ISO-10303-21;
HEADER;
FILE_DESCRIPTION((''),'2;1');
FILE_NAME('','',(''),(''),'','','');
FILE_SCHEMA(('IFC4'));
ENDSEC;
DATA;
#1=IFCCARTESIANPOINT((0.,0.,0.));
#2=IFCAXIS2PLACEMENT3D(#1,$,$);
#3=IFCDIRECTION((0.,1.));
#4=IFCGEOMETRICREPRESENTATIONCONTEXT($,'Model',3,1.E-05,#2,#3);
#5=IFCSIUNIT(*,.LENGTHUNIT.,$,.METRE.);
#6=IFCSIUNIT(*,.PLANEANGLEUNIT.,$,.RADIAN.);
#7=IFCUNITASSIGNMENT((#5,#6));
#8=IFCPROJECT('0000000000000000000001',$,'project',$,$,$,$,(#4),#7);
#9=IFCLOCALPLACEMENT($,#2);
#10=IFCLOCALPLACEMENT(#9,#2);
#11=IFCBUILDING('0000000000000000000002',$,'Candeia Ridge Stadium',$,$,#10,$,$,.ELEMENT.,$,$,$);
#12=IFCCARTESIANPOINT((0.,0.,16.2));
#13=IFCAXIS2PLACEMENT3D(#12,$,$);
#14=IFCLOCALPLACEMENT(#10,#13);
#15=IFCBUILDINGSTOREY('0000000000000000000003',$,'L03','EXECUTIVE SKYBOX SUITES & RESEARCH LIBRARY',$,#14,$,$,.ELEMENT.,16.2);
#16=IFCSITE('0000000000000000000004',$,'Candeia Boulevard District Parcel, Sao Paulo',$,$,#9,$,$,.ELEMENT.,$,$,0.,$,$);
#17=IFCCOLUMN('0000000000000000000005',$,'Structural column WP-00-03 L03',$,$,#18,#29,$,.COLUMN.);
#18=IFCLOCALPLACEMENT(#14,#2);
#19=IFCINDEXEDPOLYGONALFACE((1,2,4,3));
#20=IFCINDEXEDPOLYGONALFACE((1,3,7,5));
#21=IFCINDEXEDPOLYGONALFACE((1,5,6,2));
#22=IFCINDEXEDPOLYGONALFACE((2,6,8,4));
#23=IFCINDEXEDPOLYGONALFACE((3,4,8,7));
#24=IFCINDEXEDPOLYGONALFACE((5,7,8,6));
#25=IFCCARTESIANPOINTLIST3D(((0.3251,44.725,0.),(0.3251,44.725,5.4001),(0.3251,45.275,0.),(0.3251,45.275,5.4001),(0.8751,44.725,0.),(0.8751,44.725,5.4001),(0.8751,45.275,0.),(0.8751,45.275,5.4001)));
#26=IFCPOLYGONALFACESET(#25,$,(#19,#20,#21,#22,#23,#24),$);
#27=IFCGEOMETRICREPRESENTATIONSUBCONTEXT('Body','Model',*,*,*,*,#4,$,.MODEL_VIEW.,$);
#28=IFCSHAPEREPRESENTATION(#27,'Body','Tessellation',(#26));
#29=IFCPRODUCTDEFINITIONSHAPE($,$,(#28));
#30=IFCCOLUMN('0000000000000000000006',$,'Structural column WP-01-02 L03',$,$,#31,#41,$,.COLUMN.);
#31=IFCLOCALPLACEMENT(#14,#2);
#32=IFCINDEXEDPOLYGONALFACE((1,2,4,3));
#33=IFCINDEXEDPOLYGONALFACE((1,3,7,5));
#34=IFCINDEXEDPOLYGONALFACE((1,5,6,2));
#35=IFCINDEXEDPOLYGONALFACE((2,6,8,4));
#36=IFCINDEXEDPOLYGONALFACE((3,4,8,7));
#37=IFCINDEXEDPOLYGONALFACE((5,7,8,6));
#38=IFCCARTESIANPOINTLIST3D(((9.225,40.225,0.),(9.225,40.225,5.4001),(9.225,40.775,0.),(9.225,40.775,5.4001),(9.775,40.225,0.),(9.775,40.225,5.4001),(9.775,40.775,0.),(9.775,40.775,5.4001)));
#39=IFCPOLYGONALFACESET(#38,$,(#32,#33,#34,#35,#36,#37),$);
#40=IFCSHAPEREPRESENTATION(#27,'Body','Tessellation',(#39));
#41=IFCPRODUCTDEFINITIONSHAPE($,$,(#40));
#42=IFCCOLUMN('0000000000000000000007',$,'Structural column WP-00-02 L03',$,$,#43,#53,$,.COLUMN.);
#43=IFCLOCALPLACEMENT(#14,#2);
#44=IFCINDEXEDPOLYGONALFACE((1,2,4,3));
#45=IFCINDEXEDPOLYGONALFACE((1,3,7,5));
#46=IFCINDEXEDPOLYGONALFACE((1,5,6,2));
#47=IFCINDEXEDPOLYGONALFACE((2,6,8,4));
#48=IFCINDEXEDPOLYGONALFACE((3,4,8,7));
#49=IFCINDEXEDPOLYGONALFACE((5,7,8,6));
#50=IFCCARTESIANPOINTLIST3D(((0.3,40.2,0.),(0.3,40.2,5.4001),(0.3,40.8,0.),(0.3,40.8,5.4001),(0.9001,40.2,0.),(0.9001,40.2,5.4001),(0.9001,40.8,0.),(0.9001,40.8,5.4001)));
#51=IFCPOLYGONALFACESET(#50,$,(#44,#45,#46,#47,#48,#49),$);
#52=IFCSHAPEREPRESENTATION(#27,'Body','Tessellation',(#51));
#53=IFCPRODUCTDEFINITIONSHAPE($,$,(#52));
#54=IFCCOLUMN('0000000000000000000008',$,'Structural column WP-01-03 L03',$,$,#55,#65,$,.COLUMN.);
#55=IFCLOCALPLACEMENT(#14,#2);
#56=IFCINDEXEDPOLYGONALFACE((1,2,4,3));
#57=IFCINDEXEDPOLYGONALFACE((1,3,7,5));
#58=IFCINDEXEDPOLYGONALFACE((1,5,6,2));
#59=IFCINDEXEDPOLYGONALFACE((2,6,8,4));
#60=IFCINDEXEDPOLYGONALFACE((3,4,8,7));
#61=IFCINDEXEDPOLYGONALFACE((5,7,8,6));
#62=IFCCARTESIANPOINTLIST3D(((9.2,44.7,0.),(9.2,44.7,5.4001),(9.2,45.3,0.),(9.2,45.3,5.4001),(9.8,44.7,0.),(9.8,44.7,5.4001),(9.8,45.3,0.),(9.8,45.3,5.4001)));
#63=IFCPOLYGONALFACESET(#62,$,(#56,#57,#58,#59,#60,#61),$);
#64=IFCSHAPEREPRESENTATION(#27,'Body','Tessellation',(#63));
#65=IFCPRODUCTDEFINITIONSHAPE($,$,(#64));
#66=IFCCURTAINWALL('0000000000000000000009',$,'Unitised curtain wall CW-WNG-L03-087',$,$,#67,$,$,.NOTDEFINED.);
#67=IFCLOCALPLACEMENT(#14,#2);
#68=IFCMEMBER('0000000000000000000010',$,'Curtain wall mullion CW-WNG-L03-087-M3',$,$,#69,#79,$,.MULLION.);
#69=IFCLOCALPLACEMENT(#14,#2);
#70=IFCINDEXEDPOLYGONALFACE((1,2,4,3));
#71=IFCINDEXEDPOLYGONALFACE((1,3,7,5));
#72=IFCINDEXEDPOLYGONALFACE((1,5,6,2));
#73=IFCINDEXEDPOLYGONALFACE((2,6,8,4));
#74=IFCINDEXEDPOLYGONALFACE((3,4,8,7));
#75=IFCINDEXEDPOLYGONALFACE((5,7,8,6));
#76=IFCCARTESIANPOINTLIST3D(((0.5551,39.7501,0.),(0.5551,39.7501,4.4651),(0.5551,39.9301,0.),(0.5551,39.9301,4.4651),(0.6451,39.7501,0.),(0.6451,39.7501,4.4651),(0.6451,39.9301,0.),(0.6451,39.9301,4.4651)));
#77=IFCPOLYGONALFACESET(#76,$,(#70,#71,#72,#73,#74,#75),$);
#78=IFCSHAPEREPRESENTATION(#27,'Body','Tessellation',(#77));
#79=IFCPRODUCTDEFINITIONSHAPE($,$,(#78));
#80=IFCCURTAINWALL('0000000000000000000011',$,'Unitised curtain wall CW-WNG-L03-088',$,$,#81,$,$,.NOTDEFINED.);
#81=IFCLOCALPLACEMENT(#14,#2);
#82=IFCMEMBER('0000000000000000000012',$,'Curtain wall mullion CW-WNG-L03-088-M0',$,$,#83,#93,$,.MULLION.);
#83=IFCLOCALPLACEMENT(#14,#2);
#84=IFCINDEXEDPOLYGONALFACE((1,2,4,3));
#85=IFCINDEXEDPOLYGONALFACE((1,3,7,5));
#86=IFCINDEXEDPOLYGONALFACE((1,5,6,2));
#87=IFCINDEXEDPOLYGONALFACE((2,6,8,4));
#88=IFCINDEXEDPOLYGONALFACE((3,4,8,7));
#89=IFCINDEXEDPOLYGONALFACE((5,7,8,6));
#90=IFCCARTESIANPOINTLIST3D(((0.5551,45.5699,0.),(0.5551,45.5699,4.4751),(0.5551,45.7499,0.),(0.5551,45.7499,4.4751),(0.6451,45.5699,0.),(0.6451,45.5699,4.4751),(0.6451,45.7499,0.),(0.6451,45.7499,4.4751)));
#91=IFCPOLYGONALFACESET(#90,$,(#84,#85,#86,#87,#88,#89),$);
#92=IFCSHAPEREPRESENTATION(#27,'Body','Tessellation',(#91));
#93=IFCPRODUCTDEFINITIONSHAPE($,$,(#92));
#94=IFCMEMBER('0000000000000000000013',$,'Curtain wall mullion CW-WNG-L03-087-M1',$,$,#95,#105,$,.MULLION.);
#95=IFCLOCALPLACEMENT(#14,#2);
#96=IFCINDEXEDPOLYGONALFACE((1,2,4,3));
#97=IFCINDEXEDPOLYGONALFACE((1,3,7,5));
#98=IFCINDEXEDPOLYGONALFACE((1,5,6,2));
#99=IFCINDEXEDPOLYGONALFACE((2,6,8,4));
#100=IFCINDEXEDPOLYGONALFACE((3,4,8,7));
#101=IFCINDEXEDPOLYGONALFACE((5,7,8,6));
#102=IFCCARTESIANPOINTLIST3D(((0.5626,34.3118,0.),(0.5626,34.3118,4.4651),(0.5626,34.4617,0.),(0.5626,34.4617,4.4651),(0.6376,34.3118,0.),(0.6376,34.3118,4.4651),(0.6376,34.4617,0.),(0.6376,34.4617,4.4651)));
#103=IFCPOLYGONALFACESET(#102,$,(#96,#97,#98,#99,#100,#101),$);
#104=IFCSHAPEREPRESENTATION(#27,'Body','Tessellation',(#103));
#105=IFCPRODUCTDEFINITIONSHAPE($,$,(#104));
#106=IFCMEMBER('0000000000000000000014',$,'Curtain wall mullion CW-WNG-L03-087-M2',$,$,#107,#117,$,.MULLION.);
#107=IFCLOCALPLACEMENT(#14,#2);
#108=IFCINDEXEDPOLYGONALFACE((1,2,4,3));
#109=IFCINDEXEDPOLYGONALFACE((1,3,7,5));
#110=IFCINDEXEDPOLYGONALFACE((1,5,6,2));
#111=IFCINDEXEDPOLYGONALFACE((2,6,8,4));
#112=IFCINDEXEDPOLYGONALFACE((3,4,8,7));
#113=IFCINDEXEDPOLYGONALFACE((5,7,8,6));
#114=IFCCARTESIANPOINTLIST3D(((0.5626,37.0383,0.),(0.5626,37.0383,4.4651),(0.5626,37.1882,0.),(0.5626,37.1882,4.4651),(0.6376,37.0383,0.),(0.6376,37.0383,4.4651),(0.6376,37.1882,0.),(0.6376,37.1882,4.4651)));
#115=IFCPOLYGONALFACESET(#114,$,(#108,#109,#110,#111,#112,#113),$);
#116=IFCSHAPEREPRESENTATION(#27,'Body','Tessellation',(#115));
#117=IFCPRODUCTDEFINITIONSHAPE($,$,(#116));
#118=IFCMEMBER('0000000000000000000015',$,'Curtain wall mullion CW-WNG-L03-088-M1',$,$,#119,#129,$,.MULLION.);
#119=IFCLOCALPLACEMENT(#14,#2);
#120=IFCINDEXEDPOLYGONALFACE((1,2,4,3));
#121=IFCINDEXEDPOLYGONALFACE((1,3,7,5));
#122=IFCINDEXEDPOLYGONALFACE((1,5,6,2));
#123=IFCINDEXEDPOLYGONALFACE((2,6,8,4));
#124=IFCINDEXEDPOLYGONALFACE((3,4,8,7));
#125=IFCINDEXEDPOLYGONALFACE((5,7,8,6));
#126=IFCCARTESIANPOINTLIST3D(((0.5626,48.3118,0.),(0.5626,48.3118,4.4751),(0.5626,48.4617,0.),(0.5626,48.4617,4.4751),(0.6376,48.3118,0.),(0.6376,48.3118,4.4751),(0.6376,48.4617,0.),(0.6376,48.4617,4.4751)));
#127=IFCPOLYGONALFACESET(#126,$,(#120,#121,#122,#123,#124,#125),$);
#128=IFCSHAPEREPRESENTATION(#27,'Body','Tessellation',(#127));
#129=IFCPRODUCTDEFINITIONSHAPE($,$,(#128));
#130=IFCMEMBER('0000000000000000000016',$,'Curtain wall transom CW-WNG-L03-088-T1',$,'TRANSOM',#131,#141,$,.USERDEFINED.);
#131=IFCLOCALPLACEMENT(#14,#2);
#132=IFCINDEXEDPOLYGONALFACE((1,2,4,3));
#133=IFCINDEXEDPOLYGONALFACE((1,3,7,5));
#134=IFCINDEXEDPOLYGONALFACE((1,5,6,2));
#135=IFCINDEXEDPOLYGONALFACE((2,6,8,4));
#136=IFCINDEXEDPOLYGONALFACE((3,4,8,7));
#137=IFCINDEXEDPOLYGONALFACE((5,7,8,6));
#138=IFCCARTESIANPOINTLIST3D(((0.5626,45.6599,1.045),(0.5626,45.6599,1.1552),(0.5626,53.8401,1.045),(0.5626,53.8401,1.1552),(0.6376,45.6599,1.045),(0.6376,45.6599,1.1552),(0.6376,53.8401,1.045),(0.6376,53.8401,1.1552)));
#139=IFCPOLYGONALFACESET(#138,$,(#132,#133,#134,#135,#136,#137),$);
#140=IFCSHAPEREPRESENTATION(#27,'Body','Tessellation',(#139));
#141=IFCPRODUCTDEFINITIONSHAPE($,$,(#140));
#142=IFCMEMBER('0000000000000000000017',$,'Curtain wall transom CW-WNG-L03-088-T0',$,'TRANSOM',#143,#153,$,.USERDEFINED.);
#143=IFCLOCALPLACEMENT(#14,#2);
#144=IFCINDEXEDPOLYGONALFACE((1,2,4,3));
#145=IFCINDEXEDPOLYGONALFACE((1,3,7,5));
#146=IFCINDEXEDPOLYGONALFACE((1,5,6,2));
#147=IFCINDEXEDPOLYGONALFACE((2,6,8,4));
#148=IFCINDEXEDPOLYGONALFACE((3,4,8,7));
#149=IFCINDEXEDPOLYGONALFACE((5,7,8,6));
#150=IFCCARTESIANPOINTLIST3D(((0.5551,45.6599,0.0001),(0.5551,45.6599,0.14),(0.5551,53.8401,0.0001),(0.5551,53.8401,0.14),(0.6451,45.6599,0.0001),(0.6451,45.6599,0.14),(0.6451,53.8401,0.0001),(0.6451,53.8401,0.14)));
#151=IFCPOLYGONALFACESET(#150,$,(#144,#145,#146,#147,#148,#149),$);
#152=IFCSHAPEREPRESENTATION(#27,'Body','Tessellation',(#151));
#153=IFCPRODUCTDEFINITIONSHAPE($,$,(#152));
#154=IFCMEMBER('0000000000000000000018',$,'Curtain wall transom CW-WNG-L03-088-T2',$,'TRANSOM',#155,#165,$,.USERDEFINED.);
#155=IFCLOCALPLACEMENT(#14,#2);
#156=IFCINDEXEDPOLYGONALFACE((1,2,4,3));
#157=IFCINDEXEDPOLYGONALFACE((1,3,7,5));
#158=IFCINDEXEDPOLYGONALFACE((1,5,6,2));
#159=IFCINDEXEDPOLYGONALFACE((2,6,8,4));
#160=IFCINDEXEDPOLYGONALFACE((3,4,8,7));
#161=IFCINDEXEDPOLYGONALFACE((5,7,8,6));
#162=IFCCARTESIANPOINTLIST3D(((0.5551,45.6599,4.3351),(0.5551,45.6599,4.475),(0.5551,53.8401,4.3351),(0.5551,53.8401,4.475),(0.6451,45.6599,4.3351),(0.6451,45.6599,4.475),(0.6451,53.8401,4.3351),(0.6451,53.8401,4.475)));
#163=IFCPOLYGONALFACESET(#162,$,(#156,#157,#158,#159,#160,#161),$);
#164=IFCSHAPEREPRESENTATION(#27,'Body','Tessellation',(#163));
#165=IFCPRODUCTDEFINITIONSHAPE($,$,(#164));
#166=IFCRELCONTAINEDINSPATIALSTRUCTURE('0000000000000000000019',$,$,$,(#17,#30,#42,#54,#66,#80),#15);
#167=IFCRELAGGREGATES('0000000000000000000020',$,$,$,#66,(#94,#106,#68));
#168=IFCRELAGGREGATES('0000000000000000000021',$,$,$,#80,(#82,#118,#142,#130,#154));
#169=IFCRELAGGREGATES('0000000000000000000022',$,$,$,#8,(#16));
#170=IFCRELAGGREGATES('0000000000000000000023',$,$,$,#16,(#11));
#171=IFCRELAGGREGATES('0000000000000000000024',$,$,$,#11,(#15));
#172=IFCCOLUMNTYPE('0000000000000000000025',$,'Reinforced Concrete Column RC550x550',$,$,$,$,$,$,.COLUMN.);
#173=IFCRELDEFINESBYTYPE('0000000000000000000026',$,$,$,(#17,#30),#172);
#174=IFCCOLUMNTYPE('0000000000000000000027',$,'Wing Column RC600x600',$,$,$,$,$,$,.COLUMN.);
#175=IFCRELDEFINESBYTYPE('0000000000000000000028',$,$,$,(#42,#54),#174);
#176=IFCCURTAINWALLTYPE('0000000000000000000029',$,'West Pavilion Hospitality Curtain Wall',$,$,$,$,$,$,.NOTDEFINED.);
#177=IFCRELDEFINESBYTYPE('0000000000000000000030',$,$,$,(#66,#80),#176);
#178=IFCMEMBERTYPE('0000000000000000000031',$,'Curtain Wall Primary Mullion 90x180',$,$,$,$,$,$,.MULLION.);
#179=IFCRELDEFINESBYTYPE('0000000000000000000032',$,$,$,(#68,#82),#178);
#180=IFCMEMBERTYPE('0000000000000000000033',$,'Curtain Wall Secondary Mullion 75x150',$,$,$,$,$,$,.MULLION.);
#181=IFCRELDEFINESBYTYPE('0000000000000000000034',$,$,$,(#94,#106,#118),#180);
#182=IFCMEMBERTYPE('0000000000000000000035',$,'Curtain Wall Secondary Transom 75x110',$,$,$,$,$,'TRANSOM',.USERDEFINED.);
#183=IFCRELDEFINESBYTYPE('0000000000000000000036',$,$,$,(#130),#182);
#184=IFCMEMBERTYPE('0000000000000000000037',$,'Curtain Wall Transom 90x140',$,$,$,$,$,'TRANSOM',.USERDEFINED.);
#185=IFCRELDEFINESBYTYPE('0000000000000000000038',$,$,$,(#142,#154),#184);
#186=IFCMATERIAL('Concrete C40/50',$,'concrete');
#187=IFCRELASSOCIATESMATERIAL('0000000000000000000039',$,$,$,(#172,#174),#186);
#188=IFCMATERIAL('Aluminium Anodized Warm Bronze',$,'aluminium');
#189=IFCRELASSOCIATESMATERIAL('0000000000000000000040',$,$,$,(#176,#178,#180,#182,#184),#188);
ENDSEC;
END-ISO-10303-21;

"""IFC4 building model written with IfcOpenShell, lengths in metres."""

from ifc_helpers import new_model, si_unit, direction, frame, origin, origin_2d, place, context, subcontext, project, spatial, rectangle, extrude, material, material_profile, profile_set, type_object, element, aggregate, save


model = new_model("IFC4")

# Units and contexts
model_context = context("Model", 3, precision=1e-05, world=origin(), true_north=direction((0.0, 1.0)))
body_context = subcontext(model_context, "Body", "Model", "MODEL_VIEW")
ifc_project = project(units=[si_unit("LENGTHUNIT", "METRE"), si_unit("PLANEANGLEUNIT", "RADIAN")], contexts=[model_context])

# Site, building, storey
site_placement = place(None, origin())
site = spatial("IfcSite", under=ifc_project, at=site_placement, Name="Candeia Boulevard District Parcel, Sao Paulo", CompositionType="ELEMENT", RefElevation=0.0)
building_placement = place(site_placement, origin())
building = spatial("IfcBuilding", under=site, at=building_placement, Name="Candeia Ridge Stadium", CompositionType="ELEMENT")
storey_placement = place(building_placement, frame((0.0, 0.0, 16.2)))
storey = spatial("IfcBuildingStorey", under=building, at=storey_placement, Name="L03", Description="EXECUTIVE SKYBOX SUITES & RESEARCH LIBRARY", CompositionType="ELEMENT", Elevation=16.2)

# Columns
ifc_material_1 = material(Name="Concrete C40/50", Category="concrete")
ifc_material_profile_1 = material_profile(ifc_material_1, rectangle(XDim=0.55, YDim=0.55, at=origin_2d()), Name="RC550x550", Category="concrete")
ifc_profile_set_1 = profile_set([ifc_material_profile_1], Name="Concrete C40/50")
column_type_1 = type_object("IfcColumnType", Name="Reinforced Concrete Column RC550x550", PredefinedType="COLUMN", material=ifc_profile_set_1)
for number, where, z_axis, x_axis, name in (
    (1, (0.6001, 45.0, 0.0), (0.0, 0.0, 1.0), (1.0, 0.0, 0.0), "Structural column WP-00-03 L03"),
    (2, (9.5, 40.5, 0.0), (0.0, 0.0, 1.0), (1.0, 0.0, 0.0), "Structural column WP-01-02 L03"),
):
    element("IfcColumn", number, at=place(storey_placement, frame(where, z_axis=z_axis, x_axis=x_axis)), inside=storey, type_object=column_type_1, Name=name, PredefinedType="COLUMN", context=body_context, shape_type="SweptSolid", body=[
        extrude(rectangle(XDim=0.55, YDim=0.55, at=origin_2d()), origin(), (0.0, 0.0, 1.0), 5.4001),
    ])
ifc_material_profile_2 = material_profile(ifc_material_1, rectangle(XDim=0.6001, YDim=0.6001, at=origin_2d()), Name="RC600x600", Category="concrete")
ifc_profile_set_2 = profile_set([ifc_material_profile_2], Name="Concrete C40/50")
column_type_2 = type_object("IfcColumnType", Name="Wing Column RC600x600", PredefinedType="COLUMN", material=ifc_profile_set_2)
for number, where, z_axis, x_axis, name in (
    (3, (0.6001, 40.5, 0.0), (0.0, 0.0, 1.0), (1.0, 0.0, 0.0), "Structural column WP-00-02 L03"),
    (4, (9.5, 45.0, 0.0), (0.0, 0.0, 1.0), (1.0, 0.0, 0.0), "Structural column WP-01-03 L03"),
):
    element("IfcColumn", number, at=place(storey_placement, frame(where, z_axis=z_axis, x_axis=x_axis)), inside=storey, type_object=column_type_2, Name=name, PredefinedType="COLUMN", context=body_context, shape_type="SweptSolid", body=[
        extrude(rectangle(XDim=0.6001, YDim=0.6001, at=origin_2d()), origin(), (0.0, 0.0, 1.0), 5.4001),
    ])

# Curtain walls, members
ifc_material_2 = material(Name="Aluminium Anodized Warm Bronze", Category="aluminium")
curtain_wall_type = type_object("IfcCurtainWallType", Name="West Pavilion Hospitality Curtain Wall", PredefinedType="NOTDEFINED", material=ifc_material_2)
curtain_wall_1_placement = place(storey_placement, origin())
curtain_wall_1 = element("IfcCurtainWall", 5, at=curtain_wall_1_placement, inside=storey, type_object=curtain_wall_type, Name="Unitised curtain wall CW-WNG-L03-087", PredefinedType="NOTDEFINED")
ifc_material_profile_3 = material_profile(ifc_material_2, rectangle(XDim=0.0901, YDim=0.1799, at=origin_2d()), Name="CWM-90x180", Category="aluminium")
ifc_profile_set_3 = profile_set([ifc_material_profile_3], Name="Aluminium Anodized Warm Bronze")
member_type_1 = type_object("IfcMemberType", Name="Curtain Wall Primary Mullion 90x180", PredefinedType="MULLION", material=ifc_profile_set_3)
member_1_placement = place(storey_placement, frame((0.6001, 39.8401, 0.0), z_axis=(0.0, 0.0, 1.0), x_axis=(1.0, 0.0, 0.0)))
member_1 = element("IfcMember", 6, at=member_1_placement, type_object=member_type_1, Name="Curtain wall mullion CW-WNG-L03-087-M3", PredefinedType="MULLION", context=body_context, shape_type="SweptSolid", body=[
    extrude(rectangle(XDim=0.0901, YDim=0.1799, at=origin_2d()), origin(), (0.0, 0.0, 1.0), 4.4651),
])
curtain_wall_2_placement = place(storey_placement, origin())
curtain_wall_2 = element("IfcCurtainWall", 7, at=curtain_wall_2_placement, inside=storey, type_object=curtain_wall_type, Name="Unitised curtain wall CW-WNG-L03-088", PredefinedType="NOTDEFINED")
member_2_placement = place(storey_placement, frame((0.6001, 45.6599, 0.0), z_axis=(0.0, 0.0, 1.0), x_axis=(1.0, 0.0, 0.0)))
member_2 = element("IfcMember", 8, at=member_2_placement, type_object=member_type_1, Name="Curtain wall mullion CW-WNG-L03-088-M0", PredefinedType="MULLION", context=body_context, shape_type="SweptSolid", body=[
    extrude(rectangle(XDim=0.0901, YDim=0.1799, at=origin_2d()), origin(), (0.0, 0.0, 1.0), 4.4751),
])

# Members
ifc_material_profile_4 = material_profile(ifc_material_2, rectangle(XDim=0.075, YDim=0.1499, at=origin_2d()), Name="CWM-75x150", Category="aluminium")
ifc_profile_set_4 = profile_set([ifc_material_profile_4], Name="Aluminium Anodized Warm Bronze")
member_type_2 = type_object("IfcMemberType", Name="Curtain Wall Secondary Mullion 75x150", PredefinedType="MULLION", material=ifc_profile_set_4)
member_3_placement = place(storey_placement, frame((0.6001, 34.3867, 0.0), z_axis=(0.0, 0.0, 1.0), x_axis=(1.0, 0.0, 0.0)))
member_3 = element("IfcMember", 9, at=member_3_placement, type_object=member_type_2, Name="Curtain wall mullion CW-WNG-L03-087-M1", PredefinedType="MULLION", context=body_context, shape_type="SweptSolid", body=[
    extrude(rectangle(XDim=0.075, YDim=0.1499, at=origin_2d()), origin(), (0.0, 0.0, 1.0), 4.4651),
])
member_4_placement = place(storey_placement, frame((0.6001, 37.1133, 0.0), z_axis=(0.0, 0.0, 1.0), x_axis=(1.0, 0.0, 0.0)))
member_4 = element("IfcMember", 10, at=member_4_placement, type_object=member_type_2, Name="Curtain wall mullion CW-WNG-L03-087-M2", PredefinedType="MULLION", context=body_context, shape_type="SweptSolid", body=[
    extrude(rectangle(XDim=0.075, YDim=0.1499, at=origin_2d()), origin(), (0.0, 0.0, 1.0), 4.4651),
])
member_5_placement = place(storey_placement, frame((0.6001, 48.3867, 0.0), z_axis=(0.0, 0.0, 1.0), x_axis=(1.0, 0.0, 0.0)))
member_5 = element("IfcMember", 11, at=member_5_placement, type_object=member_type_2, Name="Curtain wall mullion CW-WNG-L03-088-M1", PredefinedType="MULLION", context=body_context, shape_type="SweptSolid", body=[
    extrude(rectangle(XDim=0.075, YDim=0.1499, at=origin_2d()), origin(), (0.0, 0.0, 1.0), 4.4751),
])
ifc_material_profile_5 = material_profile(ifc_material_2, rectangle(XDim=0.075, YDim=0.1101, at=origin_2d()), Name="CWT-75x110", Category="aluminium")
ifc_profile_set_5 = profile_set([ifc_material_profile_5], Name="Aluminium Anodized Warm Bronze")
member_type_3 = type_object("IfcMemberType", Name="Curtain Wall Secondary Transom 75x110", ElementType="TRANSOM", PredefinedType="USERDEFINED", material=ifc_profile_set_5)
member_6_placement = place(storey_placement, frame((0.6001, 45.6599, 1.1001), z_axis=(0.0, 1.0, 0.0), x_axis=(-1.0, 0.0, 0.0)))
member_6 = element("IfcMember", 12, at=member_6_placement, type_object=member_type_3, Name="Curtain wall transom CW-WNG-L03-088-T1", ObjectType="TRANSOM", PredefinedType="USERDEFINED", context=body_context, shape_type="SweptSolid", body=[
    extrude(rectangle(XDim=0.075, YDim=0.1101, at=origin_2d()), origin(), (0.0, 0.0, 1.0), 8.1802),
])
ifc_material_profile_6 = material_profile(ifc_material_2, rectangle(XDim=0.0901, YDim=0.1399, at=origin_2d()), Name="CWT-90x140", Category="aluminium")
ifc_profile_set_6 = profile_set([ifc_material_profile_6], Name="Aluminium Anodized Warm Bronze")
member_type_4 = type_object("IfcMemberType", Name="Curtain Wall Transom 90x140", ElementType="TRANSOM", PredefinedType="USERDEFINED", material=ifc_profile_set_6)
member_7_placement = place(storey_placement, frame((0.6001, 45.6599, 0.0701), z_axis=(0.0, 1.0, 0.0), x_axis=(-1.0, 0.0, 0.0)))
member_7 = element("IfcMember", 13, at=member_7_placement, type_object=member_type_4, Name="Curtain wall transom CW-WNG-L03-088-T0", ObjectType="TRANSOM", PredefinedType="USERDEFINED", context=body_context, shape_type="SweptSolid", body=[
    extrude(rectangle(XDim=0.0901, YDim=0.1399, at=origin_2d()), origin(), (0.0, 0.0, 1.0), 8.1802),
])
member_8_placement = place(storey_placement, frame((0.6001, 45.6599, 4.405), z_axis=(0.0, 1.0, 0.0), x_axis=(-1.0, 0.0, 0.0)))
member_8 = element("IfcMember", 14, at=member_8_placement, type_object=member_type_4, Name="Curtain wall transom CW-WNG-L03-088-T2", ObjectType="TRANSOM", PredefinedType="USERDEFINED", context=body_context, shape_type="SweptSolid", body=[
    extrude(rectangle(XDim=0.0901, YDim=0.1399, at=origin_2d()), origin(), (0.0, 0.0, 1.0), 8.1802),
])

aggregate(curtain_wall_1, [member_3, member_4, member_1])
aggregate(curtain_wall_2, [member_2, member_5, member_7, member_6, member_8])

save(model, "model.ifc")
